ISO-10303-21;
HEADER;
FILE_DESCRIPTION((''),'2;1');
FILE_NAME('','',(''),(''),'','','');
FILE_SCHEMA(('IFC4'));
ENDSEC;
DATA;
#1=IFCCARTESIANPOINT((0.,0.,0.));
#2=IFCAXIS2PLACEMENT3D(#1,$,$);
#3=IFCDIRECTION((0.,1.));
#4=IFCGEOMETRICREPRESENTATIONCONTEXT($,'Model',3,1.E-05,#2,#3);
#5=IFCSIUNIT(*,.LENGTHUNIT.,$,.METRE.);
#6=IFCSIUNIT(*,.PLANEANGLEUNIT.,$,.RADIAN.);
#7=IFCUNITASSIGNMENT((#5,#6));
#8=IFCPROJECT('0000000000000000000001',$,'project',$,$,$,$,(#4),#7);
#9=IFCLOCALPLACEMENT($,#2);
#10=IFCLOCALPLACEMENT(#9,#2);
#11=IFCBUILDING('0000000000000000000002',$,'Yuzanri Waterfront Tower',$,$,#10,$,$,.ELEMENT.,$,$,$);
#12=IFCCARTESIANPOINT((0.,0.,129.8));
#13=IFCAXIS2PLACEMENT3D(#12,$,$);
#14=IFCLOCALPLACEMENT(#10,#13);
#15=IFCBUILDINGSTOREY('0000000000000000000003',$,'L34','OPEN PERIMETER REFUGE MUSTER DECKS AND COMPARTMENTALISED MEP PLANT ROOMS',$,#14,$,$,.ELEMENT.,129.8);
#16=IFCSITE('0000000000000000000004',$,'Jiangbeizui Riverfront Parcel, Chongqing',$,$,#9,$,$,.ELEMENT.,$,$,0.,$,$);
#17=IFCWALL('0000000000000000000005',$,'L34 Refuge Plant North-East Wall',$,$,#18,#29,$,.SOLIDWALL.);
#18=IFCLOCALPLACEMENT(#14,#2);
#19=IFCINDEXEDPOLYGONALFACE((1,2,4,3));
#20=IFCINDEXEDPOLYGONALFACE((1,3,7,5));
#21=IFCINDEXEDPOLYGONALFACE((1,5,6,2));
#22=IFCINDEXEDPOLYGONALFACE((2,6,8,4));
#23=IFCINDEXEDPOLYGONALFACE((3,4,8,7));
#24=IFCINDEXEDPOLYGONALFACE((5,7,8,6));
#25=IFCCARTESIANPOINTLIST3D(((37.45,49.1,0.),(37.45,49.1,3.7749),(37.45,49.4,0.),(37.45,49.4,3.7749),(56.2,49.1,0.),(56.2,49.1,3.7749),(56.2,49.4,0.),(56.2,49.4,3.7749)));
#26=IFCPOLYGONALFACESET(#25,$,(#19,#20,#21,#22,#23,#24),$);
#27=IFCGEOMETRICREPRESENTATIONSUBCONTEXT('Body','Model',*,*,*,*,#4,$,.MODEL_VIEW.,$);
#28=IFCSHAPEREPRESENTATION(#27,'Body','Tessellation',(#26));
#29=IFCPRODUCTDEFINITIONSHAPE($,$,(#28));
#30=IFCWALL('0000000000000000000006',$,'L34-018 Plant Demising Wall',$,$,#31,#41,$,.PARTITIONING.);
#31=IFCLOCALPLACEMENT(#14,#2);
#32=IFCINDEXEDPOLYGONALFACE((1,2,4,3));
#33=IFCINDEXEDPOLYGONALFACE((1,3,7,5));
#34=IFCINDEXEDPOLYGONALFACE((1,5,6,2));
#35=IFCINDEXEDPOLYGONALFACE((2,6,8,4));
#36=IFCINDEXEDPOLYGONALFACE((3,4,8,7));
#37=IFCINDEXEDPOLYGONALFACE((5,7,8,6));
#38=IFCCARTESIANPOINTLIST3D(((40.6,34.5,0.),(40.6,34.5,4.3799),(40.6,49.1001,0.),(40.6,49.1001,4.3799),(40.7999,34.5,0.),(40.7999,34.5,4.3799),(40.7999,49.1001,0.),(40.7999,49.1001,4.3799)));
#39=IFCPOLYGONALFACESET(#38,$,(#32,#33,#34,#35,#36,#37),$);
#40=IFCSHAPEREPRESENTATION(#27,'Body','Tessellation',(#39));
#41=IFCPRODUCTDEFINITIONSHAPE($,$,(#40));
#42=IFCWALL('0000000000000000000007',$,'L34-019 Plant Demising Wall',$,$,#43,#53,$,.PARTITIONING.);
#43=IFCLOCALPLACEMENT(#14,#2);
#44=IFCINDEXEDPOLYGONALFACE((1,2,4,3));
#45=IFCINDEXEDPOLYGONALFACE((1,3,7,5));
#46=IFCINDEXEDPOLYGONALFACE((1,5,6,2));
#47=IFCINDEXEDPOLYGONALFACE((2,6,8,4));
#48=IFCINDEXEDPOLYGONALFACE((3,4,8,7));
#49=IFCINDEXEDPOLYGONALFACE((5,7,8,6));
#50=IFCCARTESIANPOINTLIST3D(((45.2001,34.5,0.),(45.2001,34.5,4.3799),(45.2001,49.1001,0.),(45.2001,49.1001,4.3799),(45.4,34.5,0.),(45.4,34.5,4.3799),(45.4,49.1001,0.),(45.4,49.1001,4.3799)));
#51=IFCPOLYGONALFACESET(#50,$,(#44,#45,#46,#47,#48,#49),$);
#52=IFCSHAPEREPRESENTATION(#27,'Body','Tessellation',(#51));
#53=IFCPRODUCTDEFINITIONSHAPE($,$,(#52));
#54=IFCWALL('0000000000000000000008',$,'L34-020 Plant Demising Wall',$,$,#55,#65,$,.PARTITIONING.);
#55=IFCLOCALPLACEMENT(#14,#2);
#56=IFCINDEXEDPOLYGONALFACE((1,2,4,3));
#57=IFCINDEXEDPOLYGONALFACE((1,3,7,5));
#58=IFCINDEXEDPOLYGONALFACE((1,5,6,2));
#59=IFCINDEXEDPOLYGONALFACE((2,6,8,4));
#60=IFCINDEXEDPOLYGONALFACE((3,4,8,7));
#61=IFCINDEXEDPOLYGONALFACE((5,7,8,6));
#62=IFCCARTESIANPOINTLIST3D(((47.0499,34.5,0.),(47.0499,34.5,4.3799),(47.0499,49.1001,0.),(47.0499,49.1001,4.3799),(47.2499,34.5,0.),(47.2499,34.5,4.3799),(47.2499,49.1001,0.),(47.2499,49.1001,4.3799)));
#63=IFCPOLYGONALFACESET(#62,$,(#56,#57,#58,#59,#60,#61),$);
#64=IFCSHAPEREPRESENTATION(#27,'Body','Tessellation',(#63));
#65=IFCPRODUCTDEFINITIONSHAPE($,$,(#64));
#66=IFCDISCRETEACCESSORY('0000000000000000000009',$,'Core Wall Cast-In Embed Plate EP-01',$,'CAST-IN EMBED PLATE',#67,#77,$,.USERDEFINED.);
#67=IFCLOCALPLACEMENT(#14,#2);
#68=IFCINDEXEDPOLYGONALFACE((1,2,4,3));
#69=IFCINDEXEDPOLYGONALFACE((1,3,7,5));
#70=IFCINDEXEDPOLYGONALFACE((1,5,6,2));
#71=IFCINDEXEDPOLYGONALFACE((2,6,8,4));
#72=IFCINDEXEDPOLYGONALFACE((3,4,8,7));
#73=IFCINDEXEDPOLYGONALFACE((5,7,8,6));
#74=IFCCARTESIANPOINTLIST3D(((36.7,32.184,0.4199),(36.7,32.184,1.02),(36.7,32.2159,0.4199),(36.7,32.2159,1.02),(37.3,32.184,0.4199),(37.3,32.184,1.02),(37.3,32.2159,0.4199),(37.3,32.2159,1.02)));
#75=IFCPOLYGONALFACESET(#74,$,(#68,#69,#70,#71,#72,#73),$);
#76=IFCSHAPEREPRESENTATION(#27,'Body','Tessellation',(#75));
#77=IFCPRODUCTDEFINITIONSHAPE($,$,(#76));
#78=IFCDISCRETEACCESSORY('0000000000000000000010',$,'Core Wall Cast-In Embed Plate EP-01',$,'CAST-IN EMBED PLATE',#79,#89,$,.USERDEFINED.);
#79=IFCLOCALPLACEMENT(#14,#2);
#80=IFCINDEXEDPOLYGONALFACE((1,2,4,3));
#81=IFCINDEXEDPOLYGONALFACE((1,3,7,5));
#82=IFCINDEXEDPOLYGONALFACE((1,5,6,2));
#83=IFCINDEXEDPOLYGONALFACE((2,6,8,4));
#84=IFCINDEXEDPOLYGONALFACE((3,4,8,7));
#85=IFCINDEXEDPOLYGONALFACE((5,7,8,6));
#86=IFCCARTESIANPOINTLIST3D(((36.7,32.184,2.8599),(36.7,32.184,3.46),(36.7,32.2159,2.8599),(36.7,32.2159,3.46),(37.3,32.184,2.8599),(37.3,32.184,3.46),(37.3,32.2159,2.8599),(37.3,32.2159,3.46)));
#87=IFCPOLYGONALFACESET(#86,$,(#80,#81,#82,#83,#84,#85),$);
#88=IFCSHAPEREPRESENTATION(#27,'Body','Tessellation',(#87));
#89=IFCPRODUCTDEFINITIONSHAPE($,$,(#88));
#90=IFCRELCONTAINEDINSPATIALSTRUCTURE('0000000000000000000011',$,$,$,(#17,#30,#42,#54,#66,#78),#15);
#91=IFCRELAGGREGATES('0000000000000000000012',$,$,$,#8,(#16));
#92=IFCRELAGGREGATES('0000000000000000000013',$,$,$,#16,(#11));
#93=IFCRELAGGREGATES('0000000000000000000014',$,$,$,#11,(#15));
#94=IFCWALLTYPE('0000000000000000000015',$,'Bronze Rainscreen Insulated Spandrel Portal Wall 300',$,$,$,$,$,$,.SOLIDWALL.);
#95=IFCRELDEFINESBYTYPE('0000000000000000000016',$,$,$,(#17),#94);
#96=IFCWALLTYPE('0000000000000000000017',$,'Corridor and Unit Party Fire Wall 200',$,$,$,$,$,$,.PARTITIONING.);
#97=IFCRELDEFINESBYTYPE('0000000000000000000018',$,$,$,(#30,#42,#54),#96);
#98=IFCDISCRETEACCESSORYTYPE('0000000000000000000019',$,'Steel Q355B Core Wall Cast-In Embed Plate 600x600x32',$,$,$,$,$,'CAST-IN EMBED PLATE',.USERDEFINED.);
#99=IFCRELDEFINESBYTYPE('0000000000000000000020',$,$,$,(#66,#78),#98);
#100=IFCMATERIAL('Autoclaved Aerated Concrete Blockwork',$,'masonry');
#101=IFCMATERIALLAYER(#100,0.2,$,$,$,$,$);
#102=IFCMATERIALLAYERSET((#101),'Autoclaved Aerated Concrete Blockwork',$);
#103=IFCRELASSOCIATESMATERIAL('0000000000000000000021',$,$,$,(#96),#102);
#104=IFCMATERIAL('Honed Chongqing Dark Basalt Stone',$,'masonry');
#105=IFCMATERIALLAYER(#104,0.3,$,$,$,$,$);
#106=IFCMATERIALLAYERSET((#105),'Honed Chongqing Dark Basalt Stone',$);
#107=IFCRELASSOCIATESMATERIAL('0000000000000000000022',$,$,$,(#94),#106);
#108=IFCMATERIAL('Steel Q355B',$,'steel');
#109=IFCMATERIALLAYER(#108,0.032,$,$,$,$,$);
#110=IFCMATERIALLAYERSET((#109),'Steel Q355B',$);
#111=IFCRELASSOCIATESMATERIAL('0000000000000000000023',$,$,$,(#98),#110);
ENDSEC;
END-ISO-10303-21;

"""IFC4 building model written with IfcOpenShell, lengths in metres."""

from ifc_helpers import new_model, si_unit, direction, frame, frame_2d, origin, origin_2d, place, context, subcontext, project, spatial, rectangle, extrude, source, transform, mapped, material, layer, layer_set, type_object, element, save


model = new_model("IFC4")

# Units and contexts
model_context = context("Model", 3, precision=1e-05, world=origin(), true_north=direction((0.0, 1.0)))
body_context = subcontext(model_context, "Body", "Model", "MODEL_VIEW")
ifc_project = project(units=[si_unit("LENGTHUNIT", "METRE"), si_unit("PLANEANGLEUNIT", "RADIAN")], contexts=[model_context])

# Site, building, storey
site_placement = place(None, origin())
site = spatial("IfcSite", under=ifc_project, at=site_placement, Name="Jiangbeizui Riverfront Parcel, Chongqing", CompositionType="ELEMENT", RefElevation=0.0)
building_placement = place(site_placement, origin())
building = spatial("IfcBuilding", under=site, at=building_placement, Name="Yuzanri Waterfront Tower", CompositionType="ELEMENT")
storey_placement = place(building_placement, frame((0.0, 0.0, 129.8)))
storey = spatial("IfcBuildingStorey", under=building, at=storey_placement, Name="L34", Description="OPEN PERIMETER REFUGE MUSTER DECKS AND COMPARTMENTALISED MEP PLANT ROOMS", CompositionType="ELEMENT", Elevation=129.8)

# Shared definitions
ifc_material_1 = material(Name="Autoclaved Aerated Concrete Blockwork", Category="masonry")
ifc_layer_1 = layer(ifc_material_1, 0.2)
ifc_layer_set_1 = layer_set([ifc_layer_1], Name="Autoclaved Aerated Concrete Blockwork")
wall_type_1 = type_object("IfcWallType", Name="Corridor and Unit Party Fire Wall 200", PredefinedType="PARTITIONING", material=ifc_layer_set_1)

# Walls
ifc_material_2 = material(Name="Honed Chongqing Dark Basalt Stone", Category="masonry")
ifc_layer_2 = layer(ifc_material_2, 0.3)
ifc_layer_set_2 = layer_set([ifc_layer_2], Name="Honed Chongqing Dark Basalt Stone")
wall_type_2 = type_object("IfcWallType", Name="Bronze Rainscreen Insulated Spandrel Portal Wall 300", PredefinedType="SOLIDWALL", material=ifc_layer_set_2)
shared_shape_1 = source(origin(), body_context, "Body", "SweptSolid", [
    extrude(rectangle(XDim=18.75, YDim=0.3, at=frame_2d((9.375, 0.0))), origin(), (0.0, 0.0, 1.0), 3.7749),
])
wall_1_placement = place(storey_placement, frame((37.45, 49.25, 0.0), z_axis=(0.0, 0.0, 1.0), x_axis=(1.0, 0.0, 0.0)))
element("IfcWall", 1, at=wall_1_placement, inside=storey, type_object=wall_type_2, Name="L34 Refuge Plant North-East Wall", PredefinedType="SOLIDWALL", context=body_context, shape_type="MappedRepresentation", body=[
    mapped(shared_shape_1, transform((0.0, 0.0, 0.0), scale=1.0)),
])
shared_shape_2 = source(origin(), body_context, "Body", "SweptSolid", [
    extrude(rectangle(XDim=14.6001, YDim=0.2, at=frame_2d((7.3, 0.0))), origin(), (0.0, 0.0, 1.0), 4.3799),
])
for number, where, z_axis, x_axis, name in (
    (2, (40.7, 34.5, 0.0), (0.0, 0.0, 1.0), (0.0, 1.0, 0.0), "L34-018 Plant Demising Wall"),
    (3, (45.3, 34.5, 0.0), (0.0, 0.0, 1.0), (0.0, 1.0, 0.0), "L34-019 Plant Demising Wall"),
    (4, (47.1499, 34.5, 0.0), (0.0, 0.0, 1.0), (0.0, 1.0, 0.0), "L34-020 Plant Demising Wall"),
):
    element("IfcWall", number, at=place(storey_placement, frame(where, z_axis=z_axis, x_axis=x_axis)), inside=storey, type_object=wall_type_1, Name=name, PredefinedType="PARTITIONING", context=body_context, shape_type="MappedRepresentation", body=[
        mapped(shared_shape_2, transform((0.0, 0.0, 0.0), scale=1.0)),
    ])

# Discrete accessories
ifc_material_3 = material(Name="Steel Q355B", Category="steel")
ifc_layer_3 = layer(ifc_material_3, 0.032)
ifc_layer_set_3 = layer_set([ifc_layer_3], Name="Steel Q355B")
discrete_accessory_type = type_object("IfcDiscreteAccessoryType", Name="Steel Q355B Core Wall Cast-In Embed Plate 600x600x32", ElementType="CAST-IN EMBED PLATE", PredefinedType="USERDEFINED", material=ifc_layer_set_3)
shared_shape_3 = source(origin(), body_context, "Body", "SweptSolid", [
    extrude(rectangle(XDim=0.6001, YDim=0.032, at=origin_2d()), origin(), (0.0, 0.0, 1.0), 0.6001),
])
for number, where, z_axis, x_axis, name in (
    (5, (37.0, 32.2, 0.4199), (0.0, 0.0, 1.0), (1.0, 0.0, 0.0), "Core Wall Cast-In Embed Plate EP-01"),
    (6, (37.0, 32.2, 2.8599), (0.0, 0.0, 1.0), (1.0, 0.0, 0.0), "Core Wall Cast-In Embed Plate EP-01"),
):
    element("IfcDiscreteAccessory", number, at=place(storey_placement, frame(where, z_axis=z_axis, x_axis=x_axis)), inside=storey, type_object=discrete_accessory_type, Name=name, ObjectType="CAST-IN EMBED PLATE", PredefinedType="USERDEFINED", context=body_context, shape_type="MappedRepresentation", body=[
        mapped(shared_shape_3, transform((0.0, 0.0, 0.0), scale=1.0)),
    ])

save(model, "model.ifc")
